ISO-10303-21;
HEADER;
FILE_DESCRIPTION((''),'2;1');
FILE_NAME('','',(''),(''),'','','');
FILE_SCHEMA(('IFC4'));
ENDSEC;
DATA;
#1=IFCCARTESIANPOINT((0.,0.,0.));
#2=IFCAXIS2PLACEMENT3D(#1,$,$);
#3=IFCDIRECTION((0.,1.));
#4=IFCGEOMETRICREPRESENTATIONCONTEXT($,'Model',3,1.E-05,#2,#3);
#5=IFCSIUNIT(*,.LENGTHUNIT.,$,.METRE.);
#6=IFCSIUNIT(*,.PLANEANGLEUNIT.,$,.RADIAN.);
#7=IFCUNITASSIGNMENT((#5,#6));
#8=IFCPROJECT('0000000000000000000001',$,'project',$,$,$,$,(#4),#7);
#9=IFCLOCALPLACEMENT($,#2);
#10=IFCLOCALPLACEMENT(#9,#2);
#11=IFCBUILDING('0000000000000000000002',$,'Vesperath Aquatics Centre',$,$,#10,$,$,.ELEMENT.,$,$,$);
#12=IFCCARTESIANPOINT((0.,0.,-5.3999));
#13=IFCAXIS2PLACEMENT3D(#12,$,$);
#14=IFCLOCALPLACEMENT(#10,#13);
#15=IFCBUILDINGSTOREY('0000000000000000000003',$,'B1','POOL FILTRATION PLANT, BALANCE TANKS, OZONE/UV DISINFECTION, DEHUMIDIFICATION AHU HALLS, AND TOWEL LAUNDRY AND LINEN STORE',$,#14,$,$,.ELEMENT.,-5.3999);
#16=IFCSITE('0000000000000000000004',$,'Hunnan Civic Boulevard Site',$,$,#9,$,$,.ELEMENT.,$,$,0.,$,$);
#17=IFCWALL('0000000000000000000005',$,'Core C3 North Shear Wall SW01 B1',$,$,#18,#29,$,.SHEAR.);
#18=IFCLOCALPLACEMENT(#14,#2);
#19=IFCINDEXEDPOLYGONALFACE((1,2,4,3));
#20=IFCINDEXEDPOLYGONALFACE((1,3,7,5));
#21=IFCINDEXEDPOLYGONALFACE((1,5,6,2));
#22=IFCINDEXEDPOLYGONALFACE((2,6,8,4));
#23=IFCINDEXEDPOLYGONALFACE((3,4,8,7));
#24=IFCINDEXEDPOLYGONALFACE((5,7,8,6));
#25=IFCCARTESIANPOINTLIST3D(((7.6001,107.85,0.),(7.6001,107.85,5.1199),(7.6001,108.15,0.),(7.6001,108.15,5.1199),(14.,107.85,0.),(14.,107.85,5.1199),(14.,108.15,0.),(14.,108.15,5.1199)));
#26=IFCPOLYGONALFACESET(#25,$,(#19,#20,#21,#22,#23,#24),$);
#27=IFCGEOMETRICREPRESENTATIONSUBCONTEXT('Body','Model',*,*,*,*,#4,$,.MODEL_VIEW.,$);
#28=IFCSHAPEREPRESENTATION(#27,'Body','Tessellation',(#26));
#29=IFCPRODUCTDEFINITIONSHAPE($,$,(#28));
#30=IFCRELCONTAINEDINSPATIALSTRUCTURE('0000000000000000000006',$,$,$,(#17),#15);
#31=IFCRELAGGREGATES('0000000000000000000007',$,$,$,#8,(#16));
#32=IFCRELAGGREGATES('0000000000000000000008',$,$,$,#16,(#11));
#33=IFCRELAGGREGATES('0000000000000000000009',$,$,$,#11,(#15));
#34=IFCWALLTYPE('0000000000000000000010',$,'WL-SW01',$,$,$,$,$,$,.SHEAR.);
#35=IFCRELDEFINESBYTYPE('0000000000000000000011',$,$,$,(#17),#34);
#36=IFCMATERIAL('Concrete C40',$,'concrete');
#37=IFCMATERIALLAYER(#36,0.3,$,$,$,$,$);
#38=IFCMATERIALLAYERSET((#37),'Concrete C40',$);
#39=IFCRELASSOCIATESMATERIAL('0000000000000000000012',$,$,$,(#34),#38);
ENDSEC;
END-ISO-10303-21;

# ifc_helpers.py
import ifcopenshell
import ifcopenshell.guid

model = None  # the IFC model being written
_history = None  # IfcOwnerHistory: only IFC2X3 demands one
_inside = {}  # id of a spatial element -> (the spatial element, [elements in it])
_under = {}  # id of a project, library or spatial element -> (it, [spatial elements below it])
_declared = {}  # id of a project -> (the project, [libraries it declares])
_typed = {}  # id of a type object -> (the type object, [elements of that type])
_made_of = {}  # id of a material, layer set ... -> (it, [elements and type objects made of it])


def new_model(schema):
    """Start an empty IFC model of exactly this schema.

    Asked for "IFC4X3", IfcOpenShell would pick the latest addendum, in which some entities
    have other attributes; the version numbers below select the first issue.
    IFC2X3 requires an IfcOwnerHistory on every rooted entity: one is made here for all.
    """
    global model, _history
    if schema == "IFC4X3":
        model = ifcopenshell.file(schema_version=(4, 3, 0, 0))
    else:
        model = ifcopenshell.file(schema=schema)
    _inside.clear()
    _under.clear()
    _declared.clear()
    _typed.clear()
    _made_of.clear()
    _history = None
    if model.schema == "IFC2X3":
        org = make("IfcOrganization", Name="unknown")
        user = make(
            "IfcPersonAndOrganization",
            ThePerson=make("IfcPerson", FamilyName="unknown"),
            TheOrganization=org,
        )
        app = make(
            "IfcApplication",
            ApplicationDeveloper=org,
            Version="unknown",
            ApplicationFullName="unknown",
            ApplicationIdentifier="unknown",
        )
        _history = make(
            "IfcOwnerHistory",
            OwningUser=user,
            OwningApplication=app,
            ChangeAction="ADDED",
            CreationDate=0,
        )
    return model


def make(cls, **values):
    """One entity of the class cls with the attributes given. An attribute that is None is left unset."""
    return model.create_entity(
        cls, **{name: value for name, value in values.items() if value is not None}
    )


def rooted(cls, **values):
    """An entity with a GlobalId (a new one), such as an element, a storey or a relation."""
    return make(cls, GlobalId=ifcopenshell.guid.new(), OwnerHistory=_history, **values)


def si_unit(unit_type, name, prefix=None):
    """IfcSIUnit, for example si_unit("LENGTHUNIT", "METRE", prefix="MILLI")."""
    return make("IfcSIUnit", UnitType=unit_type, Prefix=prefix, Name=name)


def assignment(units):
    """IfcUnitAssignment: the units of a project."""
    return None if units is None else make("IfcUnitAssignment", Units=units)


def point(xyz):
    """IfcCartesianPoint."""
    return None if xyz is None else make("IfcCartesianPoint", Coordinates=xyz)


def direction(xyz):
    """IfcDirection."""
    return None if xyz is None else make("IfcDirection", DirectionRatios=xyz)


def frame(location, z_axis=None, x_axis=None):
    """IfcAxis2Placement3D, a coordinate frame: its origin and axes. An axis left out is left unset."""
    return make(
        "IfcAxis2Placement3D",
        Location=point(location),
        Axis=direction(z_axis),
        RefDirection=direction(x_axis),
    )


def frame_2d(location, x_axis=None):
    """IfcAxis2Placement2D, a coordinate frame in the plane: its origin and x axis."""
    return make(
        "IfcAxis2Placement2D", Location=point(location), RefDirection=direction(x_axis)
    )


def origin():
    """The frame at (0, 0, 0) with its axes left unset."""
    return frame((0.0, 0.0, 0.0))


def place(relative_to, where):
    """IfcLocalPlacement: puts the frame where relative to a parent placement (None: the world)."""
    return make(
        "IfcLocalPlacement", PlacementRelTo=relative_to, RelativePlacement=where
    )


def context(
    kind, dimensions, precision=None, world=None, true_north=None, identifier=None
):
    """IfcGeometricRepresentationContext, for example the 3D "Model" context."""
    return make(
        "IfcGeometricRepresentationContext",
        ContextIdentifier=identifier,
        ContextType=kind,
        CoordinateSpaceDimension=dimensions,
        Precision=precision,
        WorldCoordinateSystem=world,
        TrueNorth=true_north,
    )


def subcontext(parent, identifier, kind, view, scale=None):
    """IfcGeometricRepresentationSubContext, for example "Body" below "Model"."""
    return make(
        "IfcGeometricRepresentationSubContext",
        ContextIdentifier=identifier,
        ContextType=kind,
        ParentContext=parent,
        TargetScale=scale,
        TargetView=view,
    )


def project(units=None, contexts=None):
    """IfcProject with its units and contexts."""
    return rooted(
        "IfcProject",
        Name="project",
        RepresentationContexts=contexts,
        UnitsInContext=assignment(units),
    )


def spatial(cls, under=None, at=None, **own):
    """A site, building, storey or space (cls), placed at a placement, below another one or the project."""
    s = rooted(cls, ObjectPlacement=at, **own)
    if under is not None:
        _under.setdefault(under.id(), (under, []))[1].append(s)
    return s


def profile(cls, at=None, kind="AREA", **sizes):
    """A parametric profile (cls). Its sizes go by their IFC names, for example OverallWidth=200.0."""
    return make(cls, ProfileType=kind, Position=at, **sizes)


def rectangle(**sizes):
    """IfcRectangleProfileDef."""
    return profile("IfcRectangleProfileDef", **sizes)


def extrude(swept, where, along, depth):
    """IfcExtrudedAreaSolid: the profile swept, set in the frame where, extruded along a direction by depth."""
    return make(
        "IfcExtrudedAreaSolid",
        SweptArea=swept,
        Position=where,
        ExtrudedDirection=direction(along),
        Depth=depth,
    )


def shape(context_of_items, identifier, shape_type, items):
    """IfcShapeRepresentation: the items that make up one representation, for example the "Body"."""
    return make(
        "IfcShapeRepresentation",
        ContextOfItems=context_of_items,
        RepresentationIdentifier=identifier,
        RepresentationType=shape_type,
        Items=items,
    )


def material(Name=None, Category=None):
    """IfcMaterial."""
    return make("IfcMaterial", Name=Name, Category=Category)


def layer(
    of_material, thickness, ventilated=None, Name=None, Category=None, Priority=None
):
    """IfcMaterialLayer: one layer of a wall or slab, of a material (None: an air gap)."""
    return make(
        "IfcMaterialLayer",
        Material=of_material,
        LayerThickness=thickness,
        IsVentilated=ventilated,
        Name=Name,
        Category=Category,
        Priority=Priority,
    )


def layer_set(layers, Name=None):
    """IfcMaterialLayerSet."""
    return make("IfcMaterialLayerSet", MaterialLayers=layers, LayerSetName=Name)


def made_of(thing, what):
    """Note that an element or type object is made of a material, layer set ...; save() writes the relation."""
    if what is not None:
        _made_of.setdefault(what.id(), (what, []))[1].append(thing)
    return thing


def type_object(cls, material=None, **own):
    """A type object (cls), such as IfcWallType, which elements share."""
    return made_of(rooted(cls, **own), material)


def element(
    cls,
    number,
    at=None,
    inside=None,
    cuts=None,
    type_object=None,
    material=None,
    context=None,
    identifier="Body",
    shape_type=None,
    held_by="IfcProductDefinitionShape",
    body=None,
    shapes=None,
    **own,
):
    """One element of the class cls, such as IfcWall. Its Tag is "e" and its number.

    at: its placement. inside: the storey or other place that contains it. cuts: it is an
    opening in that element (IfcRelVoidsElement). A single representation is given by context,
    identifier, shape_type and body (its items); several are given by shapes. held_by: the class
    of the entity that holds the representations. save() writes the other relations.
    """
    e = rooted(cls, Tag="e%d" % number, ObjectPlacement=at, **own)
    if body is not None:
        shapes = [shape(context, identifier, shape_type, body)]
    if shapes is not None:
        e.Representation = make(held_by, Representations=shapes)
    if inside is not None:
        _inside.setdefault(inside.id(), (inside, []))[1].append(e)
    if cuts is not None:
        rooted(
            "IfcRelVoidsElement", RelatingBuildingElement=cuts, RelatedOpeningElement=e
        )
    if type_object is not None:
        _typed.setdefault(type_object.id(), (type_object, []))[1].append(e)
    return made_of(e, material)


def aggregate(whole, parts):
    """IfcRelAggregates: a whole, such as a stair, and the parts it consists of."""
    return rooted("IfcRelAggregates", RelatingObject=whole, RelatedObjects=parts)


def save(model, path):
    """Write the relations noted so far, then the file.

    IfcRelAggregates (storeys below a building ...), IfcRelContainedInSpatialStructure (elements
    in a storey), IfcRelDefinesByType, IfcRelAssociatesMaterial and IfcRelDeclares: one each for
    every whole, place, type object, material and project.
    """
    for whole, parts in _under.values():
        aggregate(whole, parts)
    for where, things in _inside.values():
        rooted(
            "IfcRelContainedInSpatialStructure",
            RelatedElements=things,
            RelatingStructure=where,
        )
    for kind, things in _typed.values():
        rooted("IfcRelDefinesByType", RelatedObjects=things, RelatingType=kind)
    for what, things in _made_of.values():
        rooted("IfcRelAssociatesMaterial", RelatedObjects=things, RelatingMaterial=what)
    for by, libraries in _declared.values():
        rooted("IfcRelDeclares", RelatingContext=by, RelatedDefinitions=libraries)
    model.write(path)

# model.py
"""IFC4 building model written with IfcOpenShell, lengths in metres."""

from ifc_helpers import new_model, si_unit, direction, frame, frame_2d, origin, place, context, subcontext, project, spatial, rectangle, extrude, material, layer, layer_set, type_object, element, save


model = new_model("IFC4")

# Units and contexts
model_context = context("Model", 3, precision=1e-05, world=origin(), true_north=direction((0.0, 1.0)))
body_context = subcontext(model_context, "Body", "Model", "MODEL_VIEW")
ifc_project = project(units=[si_unit("LENGTHUNIT", "METRE"), si_unit("PLANEANGLEUNIT", "RADIAN")], contexts=[model_context])

# Site, building, storey
site_placement = place(None, origin())
site = spatial("IfcSite", under=ifc_project, at=site_placement, Name="Hunnan Civic Boulevard Site", CompositionType="ELEMENT", RefElevation=0.0)
building_placement = place(site_placement, origin())
building = spatial("IfcBuilding", under=site, at=building_placement, Name="Vesperath Aquatics Centre", CompositionType="ELEMENT")
storey_placement = place(building_placement, frame((0.0, 0.0, -5.3999)))
storey = spatial("IfcBuildingStorey", under=building, at=storey_placement, Name="B1", Description="POOL FILTRATION PLANT, BALANCE TANKS, OZONE/UV DISINFECTION, DEHUMIDIFICATION AHU HALLS, AND TOWEL LAUNDRY AND LINEN STORE", CompositionType="ELEMENT", Elevation=-5.3999)

# Shared definitions
ifc_material_1 = material(Name="Concrete C40", Category="concrete")

# Wall
ifc_layer_1 = layer(ifc_material_1, 0.3)
ifc_layer_set_1 = layer_set([ifc_layer_1], Name="Concrete C40")
wall_type_1 = type_object("IfcWallType", Name="WL-SW01", PredefinedType="SHEAR", material=ifc_layer_set_1)
wall_1_placement = place(storey_placement, frame((7.6001, 108.0, 0.0), z_axis=(0.0, 0.0, 1.0), x_axis=(1.0, 0.0, 0.0)))
element("IfcWall", 1, at=wall_1_placement, inside=storey, type_object=wall_type_1, Name="Core C3 North Shear Wall SW01 B1", PredefinedType="SHEAR", context=body_context, shape_type="SweptSolid", body=[
    extrude(rectangle(XDim=6.3999, YDim=0.3, at=frame_2d((3.2, 0.0))), origin(), (0.0, 0.0, 1.0), 5.1199),
])

save(model, "model.ifc")
